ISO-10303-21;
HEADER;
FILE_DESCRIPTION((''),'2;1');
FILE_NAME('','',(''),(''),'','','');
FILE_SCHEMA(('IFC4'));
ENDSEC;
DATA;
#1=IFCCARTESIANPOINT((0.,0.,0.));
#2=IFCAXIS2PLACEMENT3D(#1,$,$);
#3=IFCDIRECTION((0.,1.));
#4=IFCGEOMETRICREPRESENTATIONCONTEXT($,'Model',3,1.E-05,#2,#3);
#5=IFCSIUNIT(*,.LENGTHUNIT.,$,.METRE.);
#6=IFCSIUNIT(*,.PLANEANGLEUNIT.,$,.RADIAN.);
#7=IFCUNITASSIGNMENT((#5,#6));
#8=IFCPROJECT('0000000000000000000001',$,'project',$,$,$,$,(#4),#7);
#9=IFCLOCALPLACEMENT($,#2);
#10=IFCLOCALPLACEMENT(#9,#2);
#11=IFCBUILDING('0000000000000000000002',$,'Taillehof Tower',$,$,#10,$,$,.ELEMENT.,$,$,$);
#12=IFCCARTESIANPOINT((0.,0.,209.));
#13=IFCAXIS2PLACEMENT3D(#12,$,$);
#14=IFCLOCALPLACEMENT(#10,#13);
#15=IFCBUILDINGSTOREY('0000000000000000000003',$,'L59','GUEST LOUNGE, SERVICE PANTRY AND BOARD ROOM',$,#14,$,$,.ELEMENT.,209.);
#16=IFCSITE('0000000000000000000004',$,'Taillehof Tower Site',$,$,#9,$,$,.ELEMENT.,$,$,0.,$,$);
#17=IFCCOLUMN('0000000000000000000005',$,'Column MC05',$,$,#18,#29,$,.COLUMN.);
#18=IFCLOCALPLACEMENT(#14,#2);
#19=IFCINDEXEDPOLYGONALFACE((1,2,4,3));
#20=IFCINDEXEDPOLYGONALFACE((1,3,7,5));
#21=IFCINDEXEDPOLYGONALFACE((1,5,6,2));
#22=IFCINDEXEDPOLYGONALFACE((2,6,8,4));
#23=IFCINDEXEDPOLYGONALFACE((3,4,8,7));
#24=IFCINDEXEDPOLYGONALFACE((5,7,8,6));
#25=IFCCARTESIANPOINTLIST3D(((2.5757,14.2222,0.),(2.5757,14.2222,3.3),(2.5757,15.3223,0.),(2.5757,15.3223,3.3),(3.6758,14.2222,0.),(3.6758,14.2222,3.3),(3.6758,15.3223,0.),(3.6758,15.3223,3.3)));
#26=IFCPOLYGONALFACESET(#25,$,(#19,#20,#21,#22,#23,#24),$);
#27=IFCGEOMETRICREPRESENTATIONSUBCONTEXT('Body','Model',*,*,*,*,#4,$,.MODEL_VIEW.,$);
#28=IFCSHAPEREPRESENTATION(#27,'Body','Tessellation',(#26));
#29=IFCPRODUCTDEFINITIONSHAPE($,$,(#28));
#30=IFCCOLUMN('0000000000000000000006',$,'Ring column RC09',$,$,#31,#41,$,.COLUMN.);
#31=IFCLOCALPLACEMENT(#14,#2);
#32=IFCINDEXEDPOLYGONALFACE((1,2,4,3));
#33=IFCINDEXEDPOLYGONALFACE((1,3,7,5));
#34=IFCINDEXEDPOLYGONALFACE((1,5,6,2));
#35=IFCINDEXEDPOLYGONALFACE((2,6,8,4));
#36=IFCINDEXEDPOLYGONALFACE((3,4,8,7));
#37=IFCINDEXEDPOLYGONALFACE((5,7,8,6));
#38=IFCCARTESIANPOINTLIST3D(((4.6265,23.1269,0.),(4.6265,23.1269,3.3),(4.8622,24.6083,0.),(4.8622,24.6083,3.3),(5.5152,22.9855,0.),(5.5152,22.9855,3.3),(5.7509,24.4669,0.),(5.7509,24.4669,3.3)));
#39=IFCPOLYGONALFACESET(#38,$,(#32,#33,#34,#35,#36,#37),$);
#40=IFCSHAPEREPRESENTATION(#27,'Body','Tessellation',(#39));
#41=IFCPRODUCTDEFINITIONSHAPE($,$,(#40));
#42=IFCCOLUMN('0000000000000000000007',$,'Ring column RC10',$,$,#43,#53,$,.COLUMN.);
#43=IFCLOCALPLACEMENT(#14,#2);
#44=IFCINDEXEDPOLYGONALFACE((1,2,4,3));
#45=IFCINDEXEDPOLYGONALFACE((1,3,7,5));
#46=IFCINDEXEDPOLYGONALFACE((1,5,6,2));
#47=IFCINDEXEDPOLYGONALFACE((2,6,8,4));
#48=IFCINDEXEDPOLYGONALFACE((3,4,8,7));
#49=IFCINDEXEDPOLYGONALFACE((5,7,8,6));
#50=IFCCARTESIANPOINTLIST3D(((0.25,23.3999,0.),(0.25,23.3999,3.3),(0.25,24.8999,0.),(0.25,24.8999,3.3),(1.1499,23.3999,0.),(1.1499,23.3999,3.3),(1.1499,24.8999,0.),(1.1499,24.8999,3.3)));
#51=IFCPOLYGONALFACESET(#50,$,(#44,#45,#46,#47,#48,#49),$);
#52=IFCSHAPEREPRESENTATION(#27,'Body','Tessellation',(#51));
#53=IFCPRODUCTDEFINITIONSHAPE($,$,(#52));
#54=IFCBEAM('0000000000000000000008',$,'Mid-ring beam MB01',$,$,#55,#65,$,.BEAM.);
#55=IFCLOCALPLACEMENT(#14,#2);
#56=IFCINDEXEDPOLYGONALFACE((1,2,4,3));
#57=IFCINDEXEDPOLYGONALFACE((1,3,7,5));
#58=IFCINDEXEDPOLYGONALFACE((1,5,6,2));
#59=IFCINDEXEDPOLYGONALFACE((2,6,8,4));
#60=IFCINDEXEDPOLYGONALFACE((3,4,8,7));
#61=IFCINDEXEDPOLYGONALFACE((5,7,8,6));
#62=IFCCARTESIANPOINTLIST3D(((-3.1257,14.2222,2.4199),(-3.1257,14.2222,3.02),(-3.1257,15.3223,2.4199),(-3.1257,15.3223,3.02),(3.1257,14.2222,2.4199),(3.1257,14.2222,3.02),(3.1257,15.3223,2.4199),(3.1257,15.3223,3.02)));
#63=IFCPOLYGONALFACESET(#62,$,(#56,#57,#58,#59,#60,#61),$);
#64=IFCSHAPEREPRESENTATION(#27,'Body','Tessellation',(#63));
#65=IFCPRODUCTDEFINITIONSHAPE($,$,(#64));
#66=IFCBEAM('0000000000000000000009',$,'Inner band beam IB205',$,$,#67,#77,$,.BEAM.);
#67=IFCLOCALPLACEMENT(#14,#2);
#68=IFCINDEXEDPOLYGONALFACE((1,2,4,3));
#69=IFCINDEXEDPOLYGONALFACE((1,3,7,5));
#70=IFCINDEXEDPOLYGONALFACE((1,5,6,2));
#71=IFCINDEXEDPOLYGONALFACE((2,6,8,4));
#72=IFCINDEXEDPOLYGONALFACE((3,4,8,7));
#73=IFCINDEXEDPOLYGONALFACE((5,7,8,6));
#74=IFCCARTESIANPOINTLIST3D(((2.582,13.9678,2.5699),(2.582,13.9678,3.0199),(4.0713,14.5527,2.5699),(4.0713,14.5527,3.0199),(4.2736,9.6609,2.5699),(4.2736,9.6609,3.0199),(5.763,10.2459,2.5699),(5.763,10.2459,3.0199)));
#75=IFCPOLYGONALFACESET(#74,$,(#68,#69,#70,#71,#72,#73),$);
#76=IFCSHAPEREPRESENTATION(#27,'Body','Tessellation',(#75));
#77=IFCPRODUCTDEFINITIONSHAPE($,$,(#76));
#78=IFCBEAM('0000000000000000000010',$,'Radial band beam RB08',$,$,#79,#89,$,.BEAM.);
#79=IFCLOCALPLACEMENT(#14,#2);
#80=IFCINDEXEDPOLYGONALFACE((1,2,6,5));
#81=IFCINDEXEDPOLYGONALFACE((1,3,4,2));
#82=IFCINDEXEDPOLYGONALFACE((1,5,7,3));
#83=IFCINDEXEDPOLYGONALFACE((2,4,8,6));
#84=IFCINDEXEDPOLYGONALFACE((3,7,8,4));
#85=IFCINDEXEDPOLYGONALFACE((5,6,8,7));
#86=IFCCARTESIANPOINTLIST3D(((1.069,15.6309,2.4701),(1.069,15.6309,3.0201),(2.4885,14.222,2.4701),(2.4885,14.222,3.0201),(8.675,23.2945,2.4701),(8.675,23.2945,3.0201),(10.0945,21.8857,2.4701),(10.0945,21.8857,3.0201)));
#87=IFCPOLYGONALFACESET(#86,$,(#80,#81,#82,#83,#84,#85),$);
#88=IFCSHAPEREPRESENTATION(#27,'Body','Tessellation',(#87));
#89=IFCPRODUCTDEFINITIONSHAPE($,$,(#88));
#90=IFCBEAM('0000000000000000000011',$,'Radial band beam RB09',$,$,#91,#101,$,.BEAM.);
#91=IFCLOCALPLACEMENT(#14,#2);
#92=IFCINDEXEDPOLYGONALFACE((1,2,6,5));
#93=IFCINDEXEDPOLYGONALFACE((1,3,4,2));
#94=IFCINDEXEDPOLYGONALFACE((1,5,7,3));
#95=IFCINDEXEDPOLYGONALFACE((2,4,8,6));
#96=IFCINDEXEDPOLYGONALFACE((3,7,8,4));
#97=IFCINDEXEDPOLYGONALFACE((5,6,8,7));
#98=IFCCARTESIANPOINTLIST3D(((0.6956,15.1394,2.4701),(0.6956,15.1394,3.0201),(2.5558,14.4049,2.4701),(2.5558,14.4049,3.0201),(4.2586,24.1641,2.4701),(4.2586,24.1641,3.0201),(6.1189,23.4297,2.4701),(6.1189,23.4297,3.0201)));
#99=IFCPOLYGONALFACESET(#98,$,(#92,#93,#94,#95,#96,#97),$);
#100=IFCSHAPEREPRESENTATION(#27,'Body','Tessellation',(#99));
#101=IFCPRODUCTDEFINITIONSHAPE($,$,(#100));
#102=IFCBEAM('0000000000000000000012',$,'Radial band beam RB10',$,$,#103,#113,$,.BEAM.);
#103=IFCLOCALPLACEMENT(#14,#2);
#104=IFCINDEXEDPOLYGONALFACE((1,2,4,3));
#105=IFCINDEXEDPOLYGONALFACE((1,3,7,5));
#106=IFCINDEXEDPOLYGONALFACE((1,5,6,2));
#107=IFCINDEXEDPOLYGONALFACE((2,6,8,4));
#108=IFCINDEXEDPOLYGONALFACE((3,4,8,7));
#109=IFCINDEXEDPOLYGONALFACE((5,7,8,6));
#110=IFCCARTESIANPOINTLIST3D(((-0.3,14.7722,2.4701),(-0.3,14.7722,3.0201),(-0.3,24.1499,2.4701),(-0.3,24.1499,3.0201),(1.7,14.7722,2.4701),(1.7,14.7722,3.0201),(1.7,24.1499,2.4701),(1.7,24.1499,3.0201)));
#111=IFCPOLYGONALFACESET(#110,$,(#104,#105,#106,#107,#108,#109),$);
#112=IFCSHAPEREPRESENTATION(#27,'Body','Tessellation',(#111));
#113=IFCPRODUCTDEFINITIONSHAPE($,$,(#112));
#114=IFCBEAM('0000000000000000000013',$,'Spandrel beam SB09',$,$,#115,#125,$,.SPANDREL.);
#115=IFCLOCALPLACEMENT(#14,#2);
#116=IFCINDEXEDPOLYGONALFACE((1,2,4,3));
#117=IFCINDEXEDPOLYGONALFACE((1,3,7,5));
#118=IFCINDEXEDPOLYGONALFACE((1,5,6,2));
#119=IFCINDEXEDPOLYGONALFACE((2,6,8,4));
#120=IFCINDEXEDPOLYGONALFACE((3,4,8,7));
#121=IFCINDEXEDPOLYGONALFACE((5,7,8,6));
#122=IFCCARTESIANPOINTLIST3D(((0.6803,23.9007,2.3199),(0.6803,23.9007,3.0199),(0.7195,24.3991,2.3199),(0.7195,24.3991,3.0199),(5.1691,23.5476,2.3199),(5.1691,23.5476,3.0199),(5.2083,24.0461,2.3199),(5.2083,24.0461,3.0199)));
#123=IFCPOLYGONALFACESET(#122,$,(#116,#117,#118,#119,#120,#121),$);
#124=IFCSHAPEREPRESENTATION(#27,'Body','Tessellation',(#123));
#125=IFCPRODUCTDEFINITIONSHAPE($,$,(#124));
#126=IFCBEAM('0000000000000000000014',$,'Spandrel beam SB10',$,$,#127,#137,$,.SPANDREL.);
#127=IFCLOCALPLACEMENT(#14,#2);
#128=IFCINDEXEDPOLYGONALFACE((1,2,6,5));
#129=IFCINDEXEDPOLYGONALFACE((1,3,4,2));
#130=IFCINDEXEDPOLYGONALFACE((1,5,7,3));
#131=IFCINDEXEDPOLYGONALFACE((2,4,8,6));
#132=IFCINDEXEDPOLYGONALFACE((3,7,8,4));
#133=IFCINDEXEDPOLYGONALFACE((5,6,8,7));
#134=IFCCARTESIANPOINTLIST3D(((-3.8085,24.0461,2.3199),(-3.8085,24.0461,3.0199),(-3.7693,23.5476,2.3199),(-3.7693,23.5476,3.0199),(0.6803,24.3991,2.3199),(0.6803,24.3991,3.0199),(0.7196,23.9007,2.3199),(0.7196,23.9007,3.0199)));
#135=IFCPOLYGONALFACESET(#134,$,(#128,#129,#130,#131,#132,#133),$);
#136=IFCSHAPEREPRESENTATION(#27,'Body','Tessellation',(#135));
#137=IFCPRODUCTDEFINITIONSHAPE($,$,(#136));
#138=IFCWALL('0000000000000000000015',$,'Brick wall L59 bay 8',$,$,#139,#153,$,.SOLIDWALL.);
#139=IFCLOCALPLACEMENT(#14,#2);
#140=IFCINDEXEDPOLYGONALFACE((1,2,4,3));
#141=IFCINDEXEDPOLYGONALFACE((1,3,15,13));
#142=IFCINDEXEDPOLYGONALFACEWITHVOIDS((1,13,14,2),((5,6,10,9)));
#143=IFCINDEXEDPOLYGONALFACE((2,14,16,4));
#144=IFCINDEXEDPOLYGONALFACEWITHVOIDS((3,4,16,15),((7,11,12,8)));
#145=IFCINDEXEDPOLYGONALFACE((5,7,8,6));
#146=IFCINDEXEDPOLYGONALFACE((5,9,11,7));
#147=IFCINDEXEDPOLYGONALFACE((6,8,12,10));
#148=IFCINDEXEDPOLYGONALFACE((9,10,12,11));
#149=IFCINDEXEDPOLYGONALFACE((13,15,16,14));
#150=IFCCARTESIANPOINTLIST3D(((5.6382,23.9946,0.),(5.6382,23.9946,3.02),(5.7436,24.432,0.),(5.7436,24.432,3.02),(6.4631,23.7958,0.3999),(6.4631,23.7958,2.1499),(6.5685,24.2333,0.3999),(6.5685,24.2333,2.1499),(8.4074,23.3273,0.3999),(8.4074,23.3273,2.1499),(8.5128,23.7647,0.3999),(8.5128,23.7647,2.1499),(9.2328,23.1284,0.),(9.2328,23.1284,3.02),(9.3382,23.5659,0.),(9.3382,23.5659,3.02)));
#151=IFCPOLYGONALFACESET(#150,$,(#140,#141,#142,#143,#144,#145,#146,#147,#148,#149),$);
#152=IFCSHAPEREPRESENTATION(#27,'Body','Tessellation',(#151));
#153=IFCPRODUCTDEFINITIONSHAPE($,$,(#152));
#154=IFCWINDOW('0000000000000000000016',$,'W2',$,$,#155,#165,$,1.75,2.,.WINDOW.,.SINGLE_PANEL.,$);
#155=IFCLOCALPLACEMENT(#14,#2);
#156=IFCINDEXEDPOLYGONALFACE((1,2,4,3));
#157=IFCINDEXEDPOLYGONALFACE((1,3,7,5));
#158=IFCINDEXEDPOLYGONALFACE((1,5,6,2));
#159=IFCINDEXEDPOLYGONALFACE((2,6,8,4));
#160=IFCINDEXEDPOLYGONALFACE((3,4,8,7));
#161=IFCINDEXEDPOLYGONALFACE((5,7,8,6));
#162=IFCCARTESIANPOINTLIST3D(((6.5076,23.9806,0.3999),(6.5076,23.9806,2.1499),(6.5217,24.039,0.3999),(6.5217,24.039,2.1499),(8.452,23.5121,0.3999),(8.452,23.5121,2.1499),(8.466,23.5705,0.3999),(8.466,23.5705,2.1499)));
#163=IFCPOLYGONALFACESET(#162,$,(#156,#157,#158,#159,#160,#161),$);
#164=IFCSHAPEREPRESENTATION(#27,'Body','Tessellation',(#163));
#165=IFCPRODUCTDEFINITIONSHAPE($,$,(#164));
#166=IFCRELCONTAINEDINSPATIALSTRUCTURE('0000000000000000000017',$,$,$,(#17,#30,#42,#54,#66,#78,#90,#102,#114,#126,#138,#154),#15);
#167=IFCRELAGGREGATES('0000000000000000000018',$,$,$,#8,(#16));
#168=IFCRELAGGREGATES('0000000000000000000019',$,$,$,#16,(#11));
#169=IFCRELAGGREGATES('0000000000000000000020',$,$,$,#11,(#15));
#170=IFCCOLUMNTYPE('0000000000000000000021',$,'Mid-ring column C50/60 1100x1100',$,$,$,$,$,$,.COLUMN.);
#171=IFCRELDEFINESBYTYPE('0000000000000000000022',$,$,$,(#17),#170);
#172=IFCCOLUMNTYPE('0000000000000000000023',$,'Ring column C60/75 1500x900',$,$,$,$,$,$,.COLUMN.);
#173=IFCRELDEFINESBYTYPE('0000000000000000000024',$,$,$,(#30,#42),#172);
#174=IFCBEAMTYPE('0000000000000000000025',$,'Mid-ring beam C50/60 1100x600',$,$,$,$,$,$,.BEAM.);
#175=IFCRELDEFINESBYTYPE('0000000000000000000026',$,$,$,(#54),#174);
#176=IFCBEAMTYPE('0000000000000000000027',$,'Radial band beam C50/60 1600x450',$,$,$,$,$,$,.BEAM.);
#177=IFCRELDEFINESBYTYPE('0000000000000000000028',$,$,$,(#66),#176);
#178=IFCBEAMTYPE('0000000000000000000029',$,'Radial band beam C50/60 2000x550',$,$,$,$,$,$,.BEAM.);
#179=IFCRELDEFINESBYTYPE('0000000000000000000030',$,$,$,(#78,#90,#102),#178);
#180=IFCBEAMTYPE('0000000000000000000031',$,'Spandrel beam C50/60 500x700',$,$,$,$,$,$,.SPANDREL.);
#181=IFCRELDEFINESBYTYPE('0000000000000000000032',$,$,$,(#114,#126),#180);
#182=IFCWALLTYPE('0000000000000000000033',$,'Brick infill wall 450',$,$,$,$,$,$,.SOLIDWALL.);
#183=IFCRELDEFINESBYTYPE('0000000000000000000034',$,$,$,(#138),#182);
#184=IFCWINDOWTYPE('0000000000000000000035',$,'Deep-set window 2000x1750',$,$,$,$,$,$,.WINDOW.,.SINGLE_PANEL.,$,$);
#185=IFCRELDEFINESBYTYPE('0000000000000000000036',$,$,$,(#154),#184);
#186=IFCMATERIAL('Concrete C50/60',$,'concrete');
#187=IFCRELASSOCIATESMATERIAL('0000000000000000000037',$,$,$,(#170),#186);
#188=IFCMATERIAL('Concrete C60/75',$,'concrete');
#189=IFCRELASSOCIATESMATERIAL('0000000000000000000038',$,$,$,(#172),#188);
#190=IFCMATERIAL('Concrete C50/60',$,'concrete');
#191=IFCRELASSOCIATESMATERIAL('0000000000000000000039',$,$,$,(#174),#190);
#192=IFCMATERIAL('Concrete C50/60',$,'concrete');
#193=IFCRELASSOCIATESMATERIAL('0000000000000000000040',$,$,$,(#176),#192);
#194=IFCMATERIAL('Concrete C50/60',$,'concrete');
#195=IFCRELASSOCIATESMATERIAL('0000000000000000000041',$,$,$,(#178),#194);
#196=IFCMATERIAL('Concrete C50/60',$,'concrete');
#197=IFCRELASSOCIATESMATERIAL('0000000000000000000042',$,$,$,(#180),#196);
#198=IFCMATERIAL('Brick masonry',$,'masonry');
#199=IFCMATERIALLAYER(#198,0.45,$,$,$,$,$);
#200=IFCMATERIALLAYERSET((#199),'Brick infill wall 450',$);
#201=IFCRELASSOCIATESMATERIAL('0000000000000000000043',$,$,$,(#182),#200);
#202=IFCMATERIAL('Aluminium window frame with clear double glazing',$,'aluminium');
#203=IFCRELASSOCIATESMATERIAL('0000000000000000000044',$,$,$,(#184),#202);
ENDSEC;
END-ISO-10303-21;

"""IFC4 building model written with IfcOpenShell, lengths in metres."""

from ifc_helpers import new_model, si_unit, direction, frame, frame_2d, origin, origin_2d, place, context, subcontext, project, spatial, rectangle, extrude, material, layer, layer_set, material_profile, profile_set, type_object, element, fill, save


model = new_model("IFC4")

# Units and contexts
model_context = context("Model", 3, precision=1e-05, world=origin(), true_north=direction((0.0, 1.0)))
body_context = subcontext(model_context, "Body", "Model", "MODEL_VIEW")
ifc_project = project(units=[si_unit("LENGTHUNIT", "METRE"), si_unit("PLANEANGLEUNIT", "RADIAN")], contexts=[model_context])

# Site, building, storey
site_placement = place(None, origin())
site = spatial("IfcSite", under=ifc_project, at=site_placement, Name="Taillehof Tower Site", CompositionType="ELEMENT", RefElevation=0.0)
building_placement = place(site_placement, origin())
building = spatial("IfcBuilding", under=site, at=building_placement, Name="Taillehof Tower", CompositionType="ELEMENT")
storey_placement = place(building_placement, frame((0.0, 0.0, 209.0)))
storey = spatial("IfcBuildingStorey", under=building, at=storey_placement, Name="L59", Description="GUEST LOUNGE, SERVICE PANTRY AND BOARD ROOM", CompositionType="ELEMENT", Elevation=209.0)

# Columns
ifc_material_1 = material(Name="Concrete C50/60", Category="concrete")
ifc_material_profile_1 = material_profile(ifc_material_1, rectangle(XDim=1.1001, YDim=1.1001, at=origin_2d()), Name="RC 1100x1100")
ifc_profile_set_1 = profile_set([ifc_material_profile_1], Name="Concrete C50/60")
column_type_1 = type_object("IfcColumnType", Name="Mid-ring column C50/60 1100x1100", PredefinedType="COLUMN", material=ifc_profile_set_1)
column_placement = place(storey_placement, frame((3.1257, 14.7722, 0.0), z_axis=(0.0, 0.0, 1.0), x_axis=(1.0, 0.0, 0.0)))
element("IfcColumn", 1, at=column_placement, inside=storey, type_object=column_type_1, Name="Column MC05", PredefinedType="COLUMN", context=body_context, shape_type="SweptSolid", body=[
    extrude(rectangle(XDim=1.1001, YDim=1.1001, at=origin_2d()), origin(), (0.0, 0.0, 1.0), 3.3),
])
ifc_material_2 = material(Name="Concrete C60/75", Category="concrete")
ifc_material_profile_2 = material_profile(ifc_material_2, rectangle(XDim=1.5, YDim=0.8999, at=origin_2d()), Name="RC 1500x900")
ifc_profile_set_2 = profile_set([ifc_material_profile_2], Name="Concrete C60/75")
column_type_2 = type_object("IfcColumnType", Name="Ring column C60/75 1500x900", PredefinedType="COLUMN", material=ifc_profile_set_2)
for number, where, z_axis, x_axis, name in (
    (2, (5.1887, 23.7969, 0.0), (0.0, 0.0, 1.0), (0.157116, 0.98758, 0.0), "Ring column RC09"),
    (3, (0.7, 24.1499, 0.0), (0.0, 0.0, 1.0), (0.0, 1.0, 0.0), "Ring column RC10"),
):
    element("IfcColumn", number, at=place(storey_placement, frame(where, z_axis=z_axis, x_axis=x_axis)), inside=storey, type_object=column_type_2, Name=name, PredefinedType="COLUMN", context=body_context, shape_type="SweptSolid", body=[
        extrude(rectangle(XDim=1.5, YDim=0.8999, at=origin_2d()), origin(), (0.0, 0.0, 1.0), 3.3),
    ])

# Beams
ifc_material_3 = material(Name="Concrete C50/60", Category="concrete")
ifc_material_profile_3 = material_profile(ifc_material_3, rectangle(XDim=1.1001, YDim=0.6001, at=origin_2d()), Name="RC 1100x600")
ifc_profile_set_3 = profile_set([ifc_material_profile_3], Name="Concrete C50/60")
beam_type_1 = type_object("IfcBeamType", Name="Mid-ring beam C50/60 1100x600", PredefinedType="BEAM", material=ifc_profile_set_3)
beam_1_placement = place(storey_placement, frame((3.1257, 14.7722, 2.72), z_axis=(-1.0, 0.0, 0.0), x_axis=(0.0, -1.0, 0.0)))
element("IfcBeam", 4, at=beam_1_placement, inside=storey, type_object=beam_type_1, Name="Mid-ring beam MB01", PredefinedType="BEAM", context=body_context, shape_type="SweptSolid", body=[
    extrude(rectangle(XDim=1.1001, YDim=0.6001, at=origin_2d()), origin(), (0.0, 0.0, 1.0), 6.2515),
])
ifc_material_4 = material(Name="Concrete C50/60", Category="concrete")
ifc_material_profile_4 = material_profile(ifc_material_4, rectangle(XDim=1.6001, YDim=0.45, at=origin_2d()), Name="RC 1600x450")
ifc_profile_set_4 = profile_set([ifc_material_profile_4], Name="Concrete C50/60")
beam_type_2 = type_object("IfcBeamType", Name="Radial band beam C50/60 1600x450", PredefinedType="BEAM", material=ifc_profile_set_4)
beam_2_placement = place(storey_placement, frame((3.3267, 14.2603, 2.7949), z_axis=(0.365589, -0.930777, 0.0), x_axis=(0.930777, 0.365589, 0.0)))
element("IfcBeam", 5, at=beam_2_placement, inside=storey, type_object=beam_type_2, Name="Inner band beam IB205", PredefinedType="BEAM", context=body_context, shape_type="SweptSolid", body=[
    extrude(rectangle(XDim=1.6001, YDim=0.45, at=origin_2d()), origin(), (0.0, 0.0, 1.0), 4.6272),
])
ifc_material_5 = material(Name="Concrete C50/60", Category="concrete")
ifc_material_profile_5 = material_profile(ifc_material_5, rectangle(XDim=2.0, YDim=0.55, at=origin_2d()), Name="RC 2000x550")
ifc_profile_set_5 = profile_set([ifc_material_profile_5], Name="Concrete C50/60")
beam_type_3 = type_object("IfcBeamType", Name="Radial band beam C50/60 2000x550", PredefinedType="BEAM", material=ifc_profile_set_5)
beam_3_placement = place(storey_placement, frame((9.3848, 22.5901, 2.7451), z_axis=(-0.704434, -0.70977, 0.0), x_axis=(0.70977, -0.704434, 0.0)))
element("IfcBeam", 6, at=beam_3_placement, inside=storey, type_object=beam_type_3, Name="Radial band beam RB08", PredefinedType="BEAM", context=body_context, shape_type="SweptSolid", body=[
    extrude(rectangle(XDim=2.0, YDim=0.55, at=origin_2d()), origin(), (0.0, 0.0, 1.0), 10.7974),
])
beam_4_placement = place(storey_placement, frame((5.1887, 23.7969, 2.7451), z_axis=(-0.367222, -0.930133, 0.0), x_axis=(0.930133, -0.367222, 0.0)))
element("IfcBeam", 7, at=beam_4_placement, inside=storey, type_object=beam_type_3, Name="Radial band beam RB09", PredefinedType="BEAM", context=body_context, shape_type="SweptSolid", body=[
    extrude(rectangle(XDim=2.0, YDim=0.55, at=origin_2d()), origin(), (0.0, 0.0, 1.0), 9.7026),
])
beam_5_placement = place(storey_placement, frame((0.7, 24.1499, 2.7451), z_axis=(0.0, -1.0, 0.0), x_axis=(1.0, 0.0, 0.0)))
element("IfcBeam", 8, at=beam_5_placement, inside=storey, type_object=beam_type_3, Name="Radial band beam RB10", PredefinedType="BEAM", context=body_context, shape_type="SweptSolid", body=[
    extrude(rectangle(XDim=2.0, YDim=0.55, at=origin_2d()), origin(), (0.0, 0.0, 1.0), 9.3777),
])
ifc_material_6 = material(Name="Concrete C50/60", Category="concrete")
ifc_material_profile_6 = material_profile(ifc_material_6, rectangle(XDim=0.5, YDim=0.7, at=origin_2d()), Name="RC 500x700")
ifc_profile_set_6 = profile_set([ifc_material_profile_6], Name="Concrete C50/60")
beam_type_4 = type_object("IfcBeamType", Name="Spandrel beam C50/60 500x700", PredefinedType="SPANDREL", material=ifc_profile_set_6)
for number, where, z_axis, x_axis, name in (
    (9, (5.1887, 23.7969, 2.6699), (-0.996922, 0.078405, 0.0), (-0.078405, -0.996922, 0.0), "Spandrel beam SB09"),
    (10, (0.7, 24.1499, 2.6699), (-0.996922, -0.078405, 0.0), (0.078405, -0.996922, 0.0), "Spandrel beam SB10"),
):
    element("IfcBeam", number, at=place(storey_placement, frame(where, z_axis=z_axis, x_axis=x_axis)), inside=storey, type_object=beam_type_4, Name=name, PredefinedType="SPANDREL", context=body_context, shape_type="SweptSolid", body=[
        extrude(rectangle(XDim=0.5, YDim=0.7, at=origin_2d()), origin(), (0.0, 0.0, 1.0), 4.5027),
    ])

# Wall, opening, window
ifc_material_7 = material(Name="Brick masonry", Category="masonry")
ifc_layer_1 = layer(ifc_material_7, 0.45)
ifc_layer_set_1 = layer_set([ifc_layer_1], Name="Brick infill wall 450")
wall_type_1 = type_object("IfcWallType", Name="Brick infill wall 450", PredefinedType="SOLIDWALL", material=ifc_layer_set_1)
wall_1_placement = place(storey_placement, frame((9.2854, 23.3472, 0.0), z_axis=(0.0, 0.0, 1.0), x_axis=(-0.972174, 0.234262, 0.0)))
wall_1 = element("IfcWall", 11, at=wall_1_placement, inside=storey, type_object=wall_type_1, Name="Brick wall L59 bay 8", PredefinedType="SOLIDWALL", context=body_context, shape_type="SweptSolid", body=[
    extrude(rectangle(XDim=3.6975, YDim=0.45, at=frame_2d((1.8486, 0.0))), origin(), (0.0, 0.0, 1.0), 3.02),
])
opening_1_placement = place(wall_1_placement, frame((0.8489, 0.0, 0.3999)))
opening_1 = element("IfcOpeningElement", 12, at=opening_1_placement, cuts=wall_1, PredefinedType="OPENING", context=body_context, shape_type="SweptSolid", body=[
    extrude(rectangle(XDim=2.0, YDim=1.75, at=frame_2d((1.0, 0.875))), frame((0.0, 0.2349, 0.0), z_axis=(0.0, -1.0, 0.0), x_axis=(1.0, 0.0, 0.0)), (0.0, 0.0, 1.0), 0.47),
])
ifc_material_8 = material(Name="Aluminium window frame with clear double glazing", Category="aluminium")
window_type = type_object("IfcWindowType", Name="Deep-set window 2000x1750", PartitioningType="SINGLE_PANEL", PredefinedType="WINDOW", material=ifc_material_8)
window_1_placement = place(opening_1_placement, origin())
window_1 = element("IfcWindow", 13, at=window_1_placement, inside=storey, type_object=window_type, Name="W2", OverallHeight=1.75, OverallWidth=2.0, PartitioningType="SINGLE_PANEL", PredefinedType="WINDOW", context=body_context, shape_type="SweptSolid", body=[
    extrude(rectangle(XDim=2.0, YDim=1.75, at=frame_2d((1.0, 0.875))), frame((0.0, 0.0349, 0.0), z_axis=(0.0, -1.0, 0.0), x_axis=(1.0, 0.0, 0.0)), (0.0, 0.0, 1.0), 0.0601),
])
fill(opening_1, window_1)

save(model, "model.ifc")
